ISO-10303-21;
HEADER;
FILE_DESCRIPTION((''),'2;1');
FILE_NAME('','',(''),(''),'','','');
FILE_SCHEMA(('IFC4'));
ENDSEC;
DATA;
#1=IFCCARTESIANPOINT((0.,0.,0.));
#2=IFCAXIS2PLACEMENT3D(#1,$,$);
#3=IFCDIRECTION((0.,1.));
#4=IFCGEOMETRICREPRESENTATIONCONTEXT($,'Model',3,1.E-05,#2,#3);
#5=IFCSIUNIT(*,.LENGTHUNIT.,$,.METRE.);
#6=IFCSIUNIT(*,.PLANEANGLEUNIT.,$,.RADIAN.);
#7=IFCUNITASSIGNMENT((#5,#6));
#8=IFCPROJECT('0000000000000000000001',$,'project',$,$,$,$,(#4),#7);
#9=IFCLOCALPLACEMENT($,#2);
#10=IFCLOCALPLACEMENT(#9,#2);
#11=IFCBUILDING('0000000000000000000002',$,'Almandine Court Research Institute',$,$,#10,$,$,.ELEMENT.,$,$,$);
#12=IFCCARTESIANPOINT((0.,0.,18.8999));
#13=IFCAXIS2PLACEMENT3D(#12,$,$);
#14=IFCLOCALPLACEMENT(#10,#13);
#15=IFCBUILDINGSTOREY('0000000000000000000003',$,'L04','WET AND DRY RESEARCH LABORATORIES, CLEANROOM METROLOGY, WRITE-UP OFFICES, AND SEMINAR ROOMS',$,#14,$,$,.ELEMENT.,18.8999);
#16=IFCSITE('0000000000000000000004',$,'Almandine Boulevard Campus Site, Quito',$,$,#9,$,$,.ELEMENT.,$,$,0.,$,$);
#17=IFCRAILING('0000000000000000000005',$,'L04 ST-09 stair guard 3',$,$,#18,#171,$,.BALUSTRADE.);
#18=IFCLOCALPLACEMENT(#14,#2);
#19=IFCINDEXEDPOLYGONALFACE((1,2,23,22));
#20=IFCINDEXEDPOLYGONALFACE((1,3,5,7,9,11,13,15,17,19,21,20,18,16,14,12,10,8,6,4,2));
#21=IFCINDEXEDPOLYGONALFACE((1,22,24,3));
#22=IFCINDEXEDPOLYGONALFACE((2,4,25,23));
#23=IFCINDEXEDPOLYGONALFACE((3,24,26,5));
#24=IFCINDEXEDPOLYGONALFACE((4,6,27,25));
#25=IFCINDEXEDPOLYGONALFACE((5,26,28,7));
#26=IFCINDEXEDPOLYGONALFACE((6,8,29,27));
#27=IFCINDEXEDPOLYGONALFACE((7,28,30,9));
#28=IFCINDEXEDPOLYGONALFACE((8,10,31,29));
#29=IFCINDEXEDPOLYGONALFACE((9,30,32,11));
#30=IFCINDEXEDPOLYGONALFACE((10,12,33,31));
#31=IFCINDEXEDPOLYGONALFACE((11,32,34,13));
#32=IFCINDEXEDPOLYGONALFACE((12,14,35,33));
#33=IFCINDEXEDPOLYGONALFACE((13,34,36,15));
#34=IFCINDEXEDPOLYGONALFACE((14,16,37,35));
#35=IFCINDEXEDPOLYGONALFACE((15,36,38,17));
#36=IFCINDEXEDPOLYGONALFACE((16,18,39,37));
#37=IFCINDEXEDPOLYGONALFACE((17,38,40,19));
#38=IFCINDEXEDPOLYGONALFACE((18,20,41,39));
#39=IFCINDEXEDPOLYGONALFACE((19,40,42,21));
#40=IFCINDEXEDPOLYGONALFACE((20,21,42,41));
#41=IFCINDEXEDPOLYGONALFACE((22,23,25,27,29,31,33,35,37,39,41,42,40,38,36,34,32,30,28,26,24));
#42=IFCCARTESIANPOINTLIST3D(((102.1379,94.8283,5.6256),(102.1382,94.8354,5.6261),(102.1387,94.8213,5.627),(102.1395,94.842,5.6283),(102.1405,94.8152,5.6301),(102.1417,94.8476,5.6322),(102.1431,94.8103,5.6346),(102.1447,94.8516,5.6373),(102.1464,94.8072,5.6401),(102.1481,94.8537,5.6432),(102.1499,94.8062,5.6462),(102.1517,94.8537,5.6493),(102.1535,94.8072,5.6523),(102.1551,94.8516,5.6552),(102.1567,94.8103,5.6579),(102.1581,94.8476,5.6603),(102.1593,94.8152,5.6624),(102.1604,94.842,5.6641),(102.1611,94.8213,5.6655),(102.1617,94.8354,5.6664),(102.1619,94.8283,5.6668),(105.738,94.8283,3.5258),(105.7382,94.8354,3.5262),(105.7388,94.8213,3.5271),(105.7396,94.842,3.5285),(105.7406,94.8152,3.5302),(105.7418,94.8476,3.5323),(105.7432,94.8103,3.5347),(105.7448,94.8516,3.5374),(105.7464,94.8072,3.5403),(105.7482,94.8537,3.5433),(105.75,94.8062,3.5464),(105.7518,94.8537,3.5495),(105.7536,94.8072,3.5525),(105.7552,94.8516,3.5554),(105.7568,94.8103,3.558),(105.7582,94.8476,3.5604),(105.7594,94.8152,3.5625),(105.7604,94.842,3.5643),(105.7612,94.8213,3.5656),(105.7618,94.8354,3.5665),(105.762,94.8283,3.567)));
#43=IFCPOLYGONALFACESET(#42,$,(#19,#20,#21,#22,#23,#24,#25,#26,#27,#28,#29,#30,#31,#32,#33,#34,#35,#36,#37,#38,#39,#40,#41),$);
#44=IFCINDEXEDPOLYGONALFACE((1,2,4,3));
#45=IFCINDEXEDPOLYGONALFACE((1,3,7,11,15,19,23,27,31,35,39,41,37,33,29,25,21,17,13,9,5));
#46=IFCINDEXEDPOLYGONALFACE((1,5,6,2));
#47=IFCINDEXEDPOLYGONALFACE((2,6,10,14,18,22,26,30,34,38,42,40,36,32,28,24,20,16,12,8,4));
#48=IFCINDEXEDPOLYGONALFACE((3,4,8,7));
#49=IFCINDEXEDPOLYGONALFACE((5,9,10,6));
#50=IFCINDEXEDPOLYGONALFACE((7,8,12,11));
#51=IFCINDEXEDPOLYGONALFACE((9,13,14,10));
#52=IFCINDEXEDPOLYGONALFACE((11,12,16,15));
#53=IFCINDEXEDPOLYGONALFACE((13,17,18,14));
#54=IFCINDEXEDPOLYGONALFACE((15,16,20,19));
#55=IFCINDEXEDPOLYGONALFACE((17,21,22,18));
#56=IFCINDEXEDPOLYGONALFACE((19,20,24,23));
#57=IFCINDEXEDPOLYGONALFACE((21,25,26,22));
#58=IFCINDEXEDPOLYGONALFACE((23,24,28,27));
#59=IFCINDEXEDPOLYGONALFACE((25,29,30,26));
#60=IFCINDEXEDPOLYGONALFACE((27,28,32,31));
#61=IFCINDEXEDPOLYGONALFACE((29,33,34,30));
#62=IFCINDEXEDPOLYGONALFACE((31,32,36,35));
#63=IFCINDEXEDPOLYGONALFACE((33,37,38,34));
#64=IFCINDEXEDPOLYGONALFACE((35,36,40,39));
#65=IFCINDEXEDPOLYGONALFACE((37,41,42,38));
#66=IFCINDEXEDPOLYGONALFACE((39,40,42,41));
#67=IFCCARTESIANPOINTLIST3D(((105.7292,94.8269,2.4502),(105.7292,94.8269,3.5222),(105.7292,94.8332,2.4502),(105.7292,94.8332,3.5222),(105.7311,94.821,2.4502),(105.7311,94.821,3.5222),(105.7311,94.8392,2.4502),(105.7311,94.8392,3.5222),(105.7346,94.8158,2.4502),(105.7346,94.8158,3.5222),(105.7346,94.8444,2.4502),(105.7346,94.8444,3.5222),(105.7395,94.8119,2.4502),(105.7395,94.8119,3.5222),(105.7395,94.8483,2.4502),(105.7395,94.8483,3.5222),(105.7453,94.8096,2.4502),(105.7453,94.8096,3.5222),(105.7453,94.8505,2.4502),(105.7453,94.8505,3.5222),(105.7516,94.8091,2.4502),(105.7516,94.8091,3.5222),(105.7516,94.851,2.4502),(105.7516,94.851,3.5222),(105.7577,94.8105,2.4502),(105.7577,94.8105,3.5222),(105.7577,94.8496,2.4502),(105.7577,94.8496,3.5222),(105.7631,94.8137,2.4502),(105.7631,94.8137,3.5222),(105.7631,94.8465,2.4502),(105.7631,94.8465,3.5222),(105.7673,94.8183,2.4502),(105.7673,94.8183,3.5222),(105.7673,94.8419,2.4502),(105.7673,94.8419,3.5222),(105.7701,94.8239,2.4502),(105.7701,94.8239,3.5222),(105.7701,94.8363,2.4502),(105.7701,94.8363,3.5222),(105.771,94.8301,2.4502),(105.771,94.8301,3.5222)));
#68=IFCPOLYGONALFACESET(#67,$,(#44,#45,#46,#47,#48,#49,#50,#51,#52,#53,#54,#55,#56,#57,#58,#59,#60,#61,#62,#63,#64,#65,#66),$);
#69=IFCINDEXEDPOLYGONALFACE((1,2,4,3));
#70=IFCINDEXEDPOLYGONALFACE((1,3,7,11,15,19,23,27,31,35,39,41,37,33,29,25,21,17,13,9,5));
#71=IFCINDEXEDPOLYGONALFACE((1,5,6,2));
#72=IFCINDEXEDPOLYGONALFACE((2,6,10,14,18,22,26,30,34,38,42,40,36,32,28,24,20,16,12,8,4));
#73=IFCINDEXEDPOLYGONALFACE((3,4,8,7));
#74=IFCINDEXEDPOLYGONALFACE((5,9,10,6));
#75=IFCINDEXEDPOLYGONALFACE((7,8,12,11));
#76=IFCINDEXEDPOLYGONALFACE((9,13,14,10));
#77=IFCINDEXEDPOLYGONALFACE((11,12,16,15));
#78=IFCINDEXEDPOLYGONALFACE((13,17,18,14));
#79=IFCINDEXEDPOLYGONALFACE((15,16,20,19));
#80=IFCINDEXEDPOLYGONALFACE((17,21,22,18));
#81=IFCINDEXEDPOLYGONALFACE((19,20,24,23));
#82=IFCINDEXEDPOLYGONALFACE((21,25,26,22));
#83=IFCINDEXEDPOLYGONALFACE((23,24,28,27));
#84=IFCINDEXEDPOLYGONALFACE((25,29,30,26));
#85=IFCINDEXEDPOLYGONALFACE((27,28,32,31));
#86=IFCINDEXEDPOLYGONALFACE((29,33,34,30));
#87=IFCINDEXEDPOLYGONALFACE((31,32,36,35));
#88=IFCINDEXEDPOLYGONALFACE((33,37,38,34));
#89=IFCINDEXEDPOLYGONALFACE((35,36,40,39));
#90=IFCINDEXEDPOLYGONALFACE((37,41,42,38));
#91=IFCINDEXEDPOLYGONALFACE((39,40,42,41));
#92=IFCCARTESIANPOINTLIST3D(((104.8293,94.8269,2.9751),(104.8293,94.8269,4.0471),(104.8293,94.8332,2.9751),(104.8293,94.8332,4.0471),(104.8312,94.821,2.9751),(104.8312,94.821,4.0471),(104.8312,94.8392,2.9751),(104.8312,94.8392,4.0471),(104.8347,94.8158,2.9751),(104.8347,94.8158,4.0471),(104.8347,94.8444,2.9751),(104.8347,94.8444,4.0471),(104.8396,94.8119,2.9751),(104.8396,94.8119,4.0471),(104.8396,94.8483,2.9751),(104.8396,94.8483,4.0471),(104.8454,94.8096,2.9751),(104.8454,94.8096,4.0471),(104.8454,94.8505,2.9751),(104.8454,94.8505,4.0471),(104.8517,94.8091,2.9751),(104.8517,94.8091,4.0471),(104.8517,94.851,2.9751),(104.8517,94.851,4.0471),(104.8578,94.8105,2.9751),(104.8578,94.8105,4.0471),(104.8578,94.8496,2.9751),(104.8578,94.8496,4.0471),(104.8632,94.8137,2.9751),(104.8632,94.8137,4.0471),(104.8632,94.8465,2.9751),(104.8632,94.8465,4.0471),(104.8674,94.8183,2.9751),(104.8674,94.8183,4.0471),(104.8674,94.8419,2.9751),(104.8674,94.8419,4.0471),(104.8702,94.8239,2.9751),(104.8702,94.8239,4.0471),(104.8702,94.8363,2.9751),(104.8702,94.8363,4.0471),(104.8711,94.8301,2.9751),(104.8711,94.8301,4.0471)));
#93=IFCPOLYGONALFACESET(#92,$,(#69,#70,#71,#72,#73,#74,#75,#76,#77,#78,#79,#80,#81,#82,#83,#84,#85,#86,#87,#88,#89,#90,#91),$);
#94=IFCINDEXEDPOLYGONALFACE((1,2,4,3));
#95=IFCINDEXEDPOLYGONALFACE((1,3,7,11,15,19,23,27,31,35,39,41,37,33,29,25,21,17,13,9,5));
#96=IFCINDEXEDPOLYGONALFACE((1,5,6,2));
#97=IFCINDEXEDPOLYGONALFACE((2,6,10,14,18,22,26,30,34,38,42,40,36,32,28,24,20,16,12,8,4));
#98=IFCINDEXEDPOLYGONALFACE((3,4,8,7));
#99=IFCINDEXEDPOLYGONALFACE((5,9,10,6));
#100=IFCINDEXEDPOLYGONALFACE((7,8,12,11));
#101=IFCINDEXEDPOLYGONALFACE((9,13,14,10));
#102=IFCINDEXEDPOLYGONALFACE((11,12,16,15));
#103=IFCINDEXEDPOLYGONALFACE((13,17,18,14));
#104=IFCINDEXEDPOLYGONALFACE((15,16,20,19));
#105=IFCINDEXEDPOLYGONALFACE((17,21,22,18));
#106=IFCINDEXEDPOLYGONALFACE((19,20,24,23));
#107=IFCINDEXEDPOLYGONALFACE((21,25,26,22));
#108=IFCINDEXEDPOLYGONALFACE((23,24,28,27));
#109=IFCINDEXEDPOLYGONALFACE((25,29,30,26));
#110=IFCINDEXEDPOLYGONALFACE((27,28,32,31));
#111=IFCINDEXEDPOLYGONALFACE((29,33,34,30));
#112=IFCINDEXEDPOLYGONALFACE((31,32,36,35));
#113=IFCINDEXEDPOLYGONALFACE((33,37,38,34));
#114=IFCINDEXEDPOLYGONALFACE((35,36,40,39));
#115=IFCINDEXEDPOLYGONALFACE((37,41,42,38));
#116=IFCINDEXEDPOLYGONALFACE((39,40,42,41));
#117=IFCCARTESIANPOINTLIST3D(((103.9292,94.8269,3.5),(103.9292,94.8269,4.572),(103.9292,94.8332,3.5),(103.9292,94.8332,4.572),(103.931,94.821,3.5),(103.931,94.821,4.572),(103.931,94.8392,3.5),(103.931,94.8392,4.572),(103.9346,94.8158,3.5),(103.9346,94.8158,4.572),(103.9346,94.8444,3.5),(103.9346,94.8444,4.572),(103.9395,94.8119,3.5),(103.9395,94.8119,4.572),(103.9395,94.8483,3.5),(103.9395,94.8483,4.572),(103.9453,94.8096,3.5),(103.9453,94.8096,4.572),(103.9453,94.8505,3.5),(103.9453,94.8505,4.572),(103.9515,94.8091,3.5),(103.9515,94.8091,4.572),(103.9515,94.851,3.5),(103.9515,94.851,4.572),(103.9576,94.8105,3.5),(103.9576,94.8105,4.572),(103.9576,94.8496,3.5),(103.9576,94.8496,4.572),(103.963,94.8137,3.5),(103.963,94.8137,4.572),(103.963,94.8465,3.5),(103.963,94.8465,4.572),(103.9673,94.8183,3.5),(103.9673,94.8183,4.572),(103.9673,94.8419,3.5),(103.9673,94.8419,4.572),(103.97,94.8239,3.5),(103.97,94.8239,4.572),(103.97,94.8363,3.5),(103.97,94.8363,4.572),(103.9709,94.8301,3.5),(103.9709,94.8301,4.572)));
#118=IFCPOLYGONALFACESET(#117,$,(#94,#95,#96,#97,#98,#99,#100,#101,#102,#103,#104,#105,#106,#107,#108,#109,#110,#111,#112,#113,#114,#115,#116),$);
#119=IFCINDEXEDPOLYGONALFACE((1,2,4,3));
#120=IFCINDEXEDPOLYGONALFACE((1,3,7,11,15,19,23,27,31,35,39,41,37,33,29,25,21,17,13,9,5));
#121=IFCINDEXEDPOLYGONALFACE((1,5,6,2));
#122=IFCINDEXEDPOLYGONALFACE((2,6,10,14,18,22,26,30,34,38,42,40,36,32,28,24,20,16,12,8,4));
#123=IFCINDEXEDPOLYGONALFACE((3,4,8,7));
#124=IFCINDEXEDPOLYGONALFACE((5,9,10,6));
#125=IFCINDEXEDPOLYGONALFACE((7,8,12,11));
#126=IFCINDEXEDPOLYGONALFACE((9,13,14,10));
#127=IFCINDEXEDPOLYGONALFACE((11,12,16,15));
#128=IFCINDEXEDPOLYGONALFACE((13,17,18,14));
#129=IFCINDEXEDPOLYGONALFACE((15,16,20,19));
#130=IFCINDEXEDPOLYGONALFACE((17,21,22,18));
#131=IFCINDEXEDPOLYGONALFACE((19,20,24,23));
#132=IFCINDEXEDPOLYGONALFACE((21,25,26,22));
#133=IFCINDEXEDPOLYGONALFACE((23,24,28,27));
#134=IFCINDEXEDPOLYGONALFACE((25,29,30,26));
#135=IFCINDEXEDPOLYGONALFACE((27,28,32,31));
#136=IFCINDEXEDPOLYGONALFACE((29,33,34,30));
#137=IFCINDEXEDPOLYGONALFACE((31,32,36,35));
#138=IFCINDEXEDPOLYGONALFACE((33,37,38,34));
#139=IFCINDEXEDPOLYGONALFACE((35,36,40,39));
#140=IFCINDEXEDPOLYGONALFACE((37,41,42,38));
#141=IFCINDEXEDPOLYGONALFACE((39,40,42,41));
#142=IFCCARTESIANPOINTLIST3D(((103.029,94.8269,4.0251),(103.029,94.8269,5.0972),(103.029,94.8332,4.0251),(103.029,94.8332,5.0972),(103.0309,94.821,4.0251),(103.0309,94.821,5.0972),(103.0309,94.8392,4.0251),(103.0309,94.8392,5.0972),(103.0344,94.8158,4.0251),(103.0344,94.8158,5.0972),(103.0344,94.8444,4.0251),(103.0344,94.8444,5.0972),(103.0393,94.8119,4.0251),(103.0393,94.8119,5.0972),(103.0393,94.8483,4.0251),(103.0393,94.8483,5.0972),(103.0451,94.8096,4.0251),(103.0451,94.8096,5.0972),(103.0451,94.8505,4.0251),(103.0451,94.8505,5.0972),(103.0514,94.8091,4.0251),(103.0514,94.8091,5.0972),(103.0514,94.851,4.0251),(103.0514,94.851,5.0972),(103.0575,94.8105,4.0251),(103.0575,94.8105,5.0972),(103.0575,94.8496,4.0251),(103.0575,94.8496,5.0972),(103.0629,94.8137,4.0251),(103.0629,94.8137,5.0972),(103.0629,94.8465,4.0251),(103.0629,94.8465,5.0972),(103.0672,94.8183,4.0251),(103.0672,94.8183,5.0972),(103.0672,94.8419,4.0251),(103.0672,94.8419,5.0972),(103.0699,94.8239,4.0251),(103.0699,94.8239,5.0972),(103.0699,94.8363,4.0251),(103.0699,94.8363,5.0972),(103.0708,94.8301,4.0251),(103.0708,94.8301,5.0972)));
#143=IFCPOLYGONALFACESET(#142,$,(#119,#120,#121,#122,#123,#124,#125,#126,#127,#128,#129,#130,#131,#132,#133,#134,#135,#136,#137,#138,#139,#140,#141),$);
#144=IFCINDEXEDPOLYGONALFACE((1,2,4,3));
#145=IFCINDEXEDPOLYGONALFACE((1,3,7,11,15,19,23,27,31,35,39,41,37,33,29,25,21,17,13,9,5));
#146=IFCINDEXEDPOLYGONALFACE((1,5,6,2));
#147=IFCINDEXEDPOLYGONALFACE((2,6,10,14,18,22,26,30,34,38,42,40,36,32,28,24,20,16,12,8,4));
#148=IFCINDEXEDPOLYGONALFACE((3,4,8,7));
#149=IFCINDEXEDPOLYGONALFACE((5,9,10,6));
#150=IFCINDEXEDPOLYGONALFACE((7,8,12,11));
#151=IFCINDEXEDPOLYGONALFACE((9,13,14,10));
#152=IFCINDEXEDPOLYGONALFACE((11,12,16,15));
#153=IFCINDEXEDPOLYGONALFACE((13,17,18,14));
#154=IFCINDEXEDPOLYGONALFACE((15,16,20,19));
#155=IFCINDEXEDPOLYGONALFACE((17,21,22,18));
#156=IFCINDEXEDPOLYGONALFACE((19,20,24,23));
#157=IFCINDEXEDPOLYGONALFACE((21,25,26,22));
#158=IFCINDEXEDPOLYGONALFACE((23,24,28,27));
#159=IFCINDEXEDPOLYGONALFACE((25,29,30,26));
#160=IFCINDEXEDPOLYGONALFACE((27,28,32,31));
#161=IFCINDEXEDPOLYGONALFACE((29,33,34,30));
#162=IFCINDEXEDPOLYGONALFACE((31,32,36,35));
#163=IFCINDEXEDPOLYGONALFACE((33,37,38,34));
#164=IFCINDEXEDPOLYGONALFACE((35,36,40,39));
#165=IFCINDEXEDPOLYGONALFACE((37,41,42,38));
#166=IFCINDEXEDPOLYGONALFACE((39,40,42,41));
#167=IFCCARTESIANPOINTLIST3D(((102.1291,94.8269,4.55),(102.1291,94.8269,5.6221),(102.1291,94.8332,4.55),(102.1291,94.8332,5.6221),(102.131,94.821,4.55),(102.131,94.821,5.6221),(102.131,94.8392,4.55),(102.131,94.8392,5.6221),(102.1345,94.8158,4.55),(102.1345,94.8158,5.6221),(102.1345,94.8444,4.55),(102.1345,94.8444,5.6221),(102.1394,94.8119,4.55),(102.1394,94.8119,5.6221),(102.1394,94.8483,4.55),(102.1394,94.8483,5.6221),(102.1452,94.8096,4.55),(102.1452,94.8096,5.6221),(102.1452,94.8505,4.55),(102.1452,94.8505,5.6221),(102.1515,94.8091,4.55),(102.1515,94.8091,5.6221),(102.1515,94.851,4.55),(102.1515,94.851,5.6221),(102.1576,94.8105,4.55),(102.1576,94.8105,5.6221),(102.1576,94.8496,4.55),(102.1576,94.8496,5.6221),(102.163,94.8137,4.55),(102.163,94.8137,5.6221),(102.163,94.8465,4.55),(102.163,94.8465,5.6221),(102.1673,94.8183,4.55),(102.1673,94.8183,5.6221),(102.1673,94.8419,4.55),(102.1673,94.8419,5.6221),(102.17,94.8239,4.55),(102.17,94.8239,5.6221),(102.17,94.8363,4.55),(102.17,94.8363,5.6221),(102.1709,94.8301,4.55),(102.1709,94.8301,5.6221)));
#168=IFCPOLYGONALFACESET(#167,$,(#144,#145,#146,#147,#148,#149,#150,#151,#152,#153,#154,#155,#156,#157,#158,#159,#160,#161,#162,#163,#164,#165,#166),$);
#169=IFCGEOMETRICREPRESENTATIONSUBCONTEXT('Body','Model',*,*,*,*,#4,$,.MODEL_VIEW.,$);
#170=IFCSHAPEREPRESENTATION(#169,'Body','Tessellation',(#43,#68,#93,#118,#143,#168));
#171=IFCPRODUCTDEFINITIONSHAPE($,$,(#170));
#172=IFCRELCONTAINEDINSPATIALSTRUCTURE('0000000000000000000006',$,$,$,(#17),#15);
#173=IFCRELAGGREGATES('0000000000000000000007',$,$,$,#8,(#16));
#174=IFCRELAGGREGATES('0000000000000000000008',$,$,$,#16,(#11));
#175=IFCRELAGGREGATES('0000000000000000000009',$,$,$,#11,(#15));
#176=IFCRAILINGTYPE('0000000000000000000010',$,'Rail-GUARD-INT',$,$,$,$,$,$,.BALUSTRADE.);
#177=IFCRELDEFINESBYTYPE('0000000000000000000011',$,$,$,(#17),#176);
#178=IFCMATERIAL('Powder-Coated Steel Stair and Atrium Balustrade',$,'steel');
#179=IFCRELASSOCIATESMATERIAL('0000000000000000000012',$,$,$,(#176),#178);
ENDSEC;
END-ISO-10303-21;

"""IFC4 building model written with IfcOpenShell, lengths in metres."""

from ifc_helpers import new_model, si_unit, direction, frame, origin, origin_2d, place, context, subcontext, project, spatial, circle, extrude, material, type_object, element, save


model = new_model("IFC4")

# Units and contexts
model_context = context("Model", 3, precision=1e-05, world=origin(), true_north=direction((0.0, 1.0)))
body_context = subcontext(model_context, "Body", "Model", "MODEL_VIEW")
ifc_project = project(units=[si_unit("LENGTHUNIT", "METRE"), si_unit("PLANEANGLEUNIT", "RADIAN")], contexts=[model_context])

# Site, building, storey
site_placement = place(None, origin())
site = spatial("IfcSite", under=ifc_project, at=site_placement, Name="Almandine Boulevard Campus Site, Quito", CompositionType="ELEMENT", RefElevation=0.0)
building_placement = place(site_placement, origin())
building = spatial("IfcBuilding", under=site, at=building_placement, Name="Almandine Court Research Institute", CompositionType="ELEMENT")
storey_placement = place(building_placement, frame((0.0, 0.0, 18.8999)))
storey = spatial("IfcBuildingStorey", under=building, at=storey_placement, Name="L04", Description="WET AND DRY RESEARCH LABORATORIES, CLEANROOM METROLOGY, WRITE-UP OFFICES, AND SEMINAR ROOMS", CompositionType="ELEMENT", Elevation=18.8999)

# Railing
ifc_material_1 = material(Name="Powder-Coated Steel Stair and Atrium Balustrade", Category="steel")
railing_type_1 = type_object("IfcRailingType", Name="Rail-GUARD-INT", PredefinedType="BALUSTRADE", material=ifc_material_1)
railing_1_placement = place(storey_placement, frame((105.75, 94.8301, 2.4502)))
element("IfcRailing", 1, at=railing_1_placement, inside=storey, type_object=railing_type_1, Name="L04 ST-09 stair guard 3", PredefinedType="BALUSTRADE", context=body_context, shape_type="SweptSolid", body=[
    extrude(circle(Radius=0.0239, at=origin_2d()), frame((0.0, 0.0, 1.0962), z_axis=(-0.8638, 0.0, 0.503835), x_axis=(0.0, -1.0, 0.0)), (0.0, 0.0, 1.0), 4.1677),
    extrude(circle(Radius=0.021, at=origin_2d()), origin(), (0.0, 0.0, 1.0), 1.072),
    extrude(circle(Radius=0.021, at=origin_2d()), frame((-0.8999, 0.0, 0.5249)), (0.0, 0.0, 1.0), 1.072),
    extrude(circle(Radius=0.021, at=origin_2d()), frame((-1.8, 0.0, 1.0498)), (0.0, 0.0, 1.0), 1.072),
    extrude(circle(Radius=0.021, at=origin_2d()), frame((-2.7002, 0.0, 1.575)), (0.0, 0.0, 1.0), 1.072),
    extrude(circle(Radius=0.021, at=origin_2d()), frame((-3.6001, 0.0, 2.0999)), (0.0, 0.0, 1.0), 1.072),
])

save(model, "model.ifc")
